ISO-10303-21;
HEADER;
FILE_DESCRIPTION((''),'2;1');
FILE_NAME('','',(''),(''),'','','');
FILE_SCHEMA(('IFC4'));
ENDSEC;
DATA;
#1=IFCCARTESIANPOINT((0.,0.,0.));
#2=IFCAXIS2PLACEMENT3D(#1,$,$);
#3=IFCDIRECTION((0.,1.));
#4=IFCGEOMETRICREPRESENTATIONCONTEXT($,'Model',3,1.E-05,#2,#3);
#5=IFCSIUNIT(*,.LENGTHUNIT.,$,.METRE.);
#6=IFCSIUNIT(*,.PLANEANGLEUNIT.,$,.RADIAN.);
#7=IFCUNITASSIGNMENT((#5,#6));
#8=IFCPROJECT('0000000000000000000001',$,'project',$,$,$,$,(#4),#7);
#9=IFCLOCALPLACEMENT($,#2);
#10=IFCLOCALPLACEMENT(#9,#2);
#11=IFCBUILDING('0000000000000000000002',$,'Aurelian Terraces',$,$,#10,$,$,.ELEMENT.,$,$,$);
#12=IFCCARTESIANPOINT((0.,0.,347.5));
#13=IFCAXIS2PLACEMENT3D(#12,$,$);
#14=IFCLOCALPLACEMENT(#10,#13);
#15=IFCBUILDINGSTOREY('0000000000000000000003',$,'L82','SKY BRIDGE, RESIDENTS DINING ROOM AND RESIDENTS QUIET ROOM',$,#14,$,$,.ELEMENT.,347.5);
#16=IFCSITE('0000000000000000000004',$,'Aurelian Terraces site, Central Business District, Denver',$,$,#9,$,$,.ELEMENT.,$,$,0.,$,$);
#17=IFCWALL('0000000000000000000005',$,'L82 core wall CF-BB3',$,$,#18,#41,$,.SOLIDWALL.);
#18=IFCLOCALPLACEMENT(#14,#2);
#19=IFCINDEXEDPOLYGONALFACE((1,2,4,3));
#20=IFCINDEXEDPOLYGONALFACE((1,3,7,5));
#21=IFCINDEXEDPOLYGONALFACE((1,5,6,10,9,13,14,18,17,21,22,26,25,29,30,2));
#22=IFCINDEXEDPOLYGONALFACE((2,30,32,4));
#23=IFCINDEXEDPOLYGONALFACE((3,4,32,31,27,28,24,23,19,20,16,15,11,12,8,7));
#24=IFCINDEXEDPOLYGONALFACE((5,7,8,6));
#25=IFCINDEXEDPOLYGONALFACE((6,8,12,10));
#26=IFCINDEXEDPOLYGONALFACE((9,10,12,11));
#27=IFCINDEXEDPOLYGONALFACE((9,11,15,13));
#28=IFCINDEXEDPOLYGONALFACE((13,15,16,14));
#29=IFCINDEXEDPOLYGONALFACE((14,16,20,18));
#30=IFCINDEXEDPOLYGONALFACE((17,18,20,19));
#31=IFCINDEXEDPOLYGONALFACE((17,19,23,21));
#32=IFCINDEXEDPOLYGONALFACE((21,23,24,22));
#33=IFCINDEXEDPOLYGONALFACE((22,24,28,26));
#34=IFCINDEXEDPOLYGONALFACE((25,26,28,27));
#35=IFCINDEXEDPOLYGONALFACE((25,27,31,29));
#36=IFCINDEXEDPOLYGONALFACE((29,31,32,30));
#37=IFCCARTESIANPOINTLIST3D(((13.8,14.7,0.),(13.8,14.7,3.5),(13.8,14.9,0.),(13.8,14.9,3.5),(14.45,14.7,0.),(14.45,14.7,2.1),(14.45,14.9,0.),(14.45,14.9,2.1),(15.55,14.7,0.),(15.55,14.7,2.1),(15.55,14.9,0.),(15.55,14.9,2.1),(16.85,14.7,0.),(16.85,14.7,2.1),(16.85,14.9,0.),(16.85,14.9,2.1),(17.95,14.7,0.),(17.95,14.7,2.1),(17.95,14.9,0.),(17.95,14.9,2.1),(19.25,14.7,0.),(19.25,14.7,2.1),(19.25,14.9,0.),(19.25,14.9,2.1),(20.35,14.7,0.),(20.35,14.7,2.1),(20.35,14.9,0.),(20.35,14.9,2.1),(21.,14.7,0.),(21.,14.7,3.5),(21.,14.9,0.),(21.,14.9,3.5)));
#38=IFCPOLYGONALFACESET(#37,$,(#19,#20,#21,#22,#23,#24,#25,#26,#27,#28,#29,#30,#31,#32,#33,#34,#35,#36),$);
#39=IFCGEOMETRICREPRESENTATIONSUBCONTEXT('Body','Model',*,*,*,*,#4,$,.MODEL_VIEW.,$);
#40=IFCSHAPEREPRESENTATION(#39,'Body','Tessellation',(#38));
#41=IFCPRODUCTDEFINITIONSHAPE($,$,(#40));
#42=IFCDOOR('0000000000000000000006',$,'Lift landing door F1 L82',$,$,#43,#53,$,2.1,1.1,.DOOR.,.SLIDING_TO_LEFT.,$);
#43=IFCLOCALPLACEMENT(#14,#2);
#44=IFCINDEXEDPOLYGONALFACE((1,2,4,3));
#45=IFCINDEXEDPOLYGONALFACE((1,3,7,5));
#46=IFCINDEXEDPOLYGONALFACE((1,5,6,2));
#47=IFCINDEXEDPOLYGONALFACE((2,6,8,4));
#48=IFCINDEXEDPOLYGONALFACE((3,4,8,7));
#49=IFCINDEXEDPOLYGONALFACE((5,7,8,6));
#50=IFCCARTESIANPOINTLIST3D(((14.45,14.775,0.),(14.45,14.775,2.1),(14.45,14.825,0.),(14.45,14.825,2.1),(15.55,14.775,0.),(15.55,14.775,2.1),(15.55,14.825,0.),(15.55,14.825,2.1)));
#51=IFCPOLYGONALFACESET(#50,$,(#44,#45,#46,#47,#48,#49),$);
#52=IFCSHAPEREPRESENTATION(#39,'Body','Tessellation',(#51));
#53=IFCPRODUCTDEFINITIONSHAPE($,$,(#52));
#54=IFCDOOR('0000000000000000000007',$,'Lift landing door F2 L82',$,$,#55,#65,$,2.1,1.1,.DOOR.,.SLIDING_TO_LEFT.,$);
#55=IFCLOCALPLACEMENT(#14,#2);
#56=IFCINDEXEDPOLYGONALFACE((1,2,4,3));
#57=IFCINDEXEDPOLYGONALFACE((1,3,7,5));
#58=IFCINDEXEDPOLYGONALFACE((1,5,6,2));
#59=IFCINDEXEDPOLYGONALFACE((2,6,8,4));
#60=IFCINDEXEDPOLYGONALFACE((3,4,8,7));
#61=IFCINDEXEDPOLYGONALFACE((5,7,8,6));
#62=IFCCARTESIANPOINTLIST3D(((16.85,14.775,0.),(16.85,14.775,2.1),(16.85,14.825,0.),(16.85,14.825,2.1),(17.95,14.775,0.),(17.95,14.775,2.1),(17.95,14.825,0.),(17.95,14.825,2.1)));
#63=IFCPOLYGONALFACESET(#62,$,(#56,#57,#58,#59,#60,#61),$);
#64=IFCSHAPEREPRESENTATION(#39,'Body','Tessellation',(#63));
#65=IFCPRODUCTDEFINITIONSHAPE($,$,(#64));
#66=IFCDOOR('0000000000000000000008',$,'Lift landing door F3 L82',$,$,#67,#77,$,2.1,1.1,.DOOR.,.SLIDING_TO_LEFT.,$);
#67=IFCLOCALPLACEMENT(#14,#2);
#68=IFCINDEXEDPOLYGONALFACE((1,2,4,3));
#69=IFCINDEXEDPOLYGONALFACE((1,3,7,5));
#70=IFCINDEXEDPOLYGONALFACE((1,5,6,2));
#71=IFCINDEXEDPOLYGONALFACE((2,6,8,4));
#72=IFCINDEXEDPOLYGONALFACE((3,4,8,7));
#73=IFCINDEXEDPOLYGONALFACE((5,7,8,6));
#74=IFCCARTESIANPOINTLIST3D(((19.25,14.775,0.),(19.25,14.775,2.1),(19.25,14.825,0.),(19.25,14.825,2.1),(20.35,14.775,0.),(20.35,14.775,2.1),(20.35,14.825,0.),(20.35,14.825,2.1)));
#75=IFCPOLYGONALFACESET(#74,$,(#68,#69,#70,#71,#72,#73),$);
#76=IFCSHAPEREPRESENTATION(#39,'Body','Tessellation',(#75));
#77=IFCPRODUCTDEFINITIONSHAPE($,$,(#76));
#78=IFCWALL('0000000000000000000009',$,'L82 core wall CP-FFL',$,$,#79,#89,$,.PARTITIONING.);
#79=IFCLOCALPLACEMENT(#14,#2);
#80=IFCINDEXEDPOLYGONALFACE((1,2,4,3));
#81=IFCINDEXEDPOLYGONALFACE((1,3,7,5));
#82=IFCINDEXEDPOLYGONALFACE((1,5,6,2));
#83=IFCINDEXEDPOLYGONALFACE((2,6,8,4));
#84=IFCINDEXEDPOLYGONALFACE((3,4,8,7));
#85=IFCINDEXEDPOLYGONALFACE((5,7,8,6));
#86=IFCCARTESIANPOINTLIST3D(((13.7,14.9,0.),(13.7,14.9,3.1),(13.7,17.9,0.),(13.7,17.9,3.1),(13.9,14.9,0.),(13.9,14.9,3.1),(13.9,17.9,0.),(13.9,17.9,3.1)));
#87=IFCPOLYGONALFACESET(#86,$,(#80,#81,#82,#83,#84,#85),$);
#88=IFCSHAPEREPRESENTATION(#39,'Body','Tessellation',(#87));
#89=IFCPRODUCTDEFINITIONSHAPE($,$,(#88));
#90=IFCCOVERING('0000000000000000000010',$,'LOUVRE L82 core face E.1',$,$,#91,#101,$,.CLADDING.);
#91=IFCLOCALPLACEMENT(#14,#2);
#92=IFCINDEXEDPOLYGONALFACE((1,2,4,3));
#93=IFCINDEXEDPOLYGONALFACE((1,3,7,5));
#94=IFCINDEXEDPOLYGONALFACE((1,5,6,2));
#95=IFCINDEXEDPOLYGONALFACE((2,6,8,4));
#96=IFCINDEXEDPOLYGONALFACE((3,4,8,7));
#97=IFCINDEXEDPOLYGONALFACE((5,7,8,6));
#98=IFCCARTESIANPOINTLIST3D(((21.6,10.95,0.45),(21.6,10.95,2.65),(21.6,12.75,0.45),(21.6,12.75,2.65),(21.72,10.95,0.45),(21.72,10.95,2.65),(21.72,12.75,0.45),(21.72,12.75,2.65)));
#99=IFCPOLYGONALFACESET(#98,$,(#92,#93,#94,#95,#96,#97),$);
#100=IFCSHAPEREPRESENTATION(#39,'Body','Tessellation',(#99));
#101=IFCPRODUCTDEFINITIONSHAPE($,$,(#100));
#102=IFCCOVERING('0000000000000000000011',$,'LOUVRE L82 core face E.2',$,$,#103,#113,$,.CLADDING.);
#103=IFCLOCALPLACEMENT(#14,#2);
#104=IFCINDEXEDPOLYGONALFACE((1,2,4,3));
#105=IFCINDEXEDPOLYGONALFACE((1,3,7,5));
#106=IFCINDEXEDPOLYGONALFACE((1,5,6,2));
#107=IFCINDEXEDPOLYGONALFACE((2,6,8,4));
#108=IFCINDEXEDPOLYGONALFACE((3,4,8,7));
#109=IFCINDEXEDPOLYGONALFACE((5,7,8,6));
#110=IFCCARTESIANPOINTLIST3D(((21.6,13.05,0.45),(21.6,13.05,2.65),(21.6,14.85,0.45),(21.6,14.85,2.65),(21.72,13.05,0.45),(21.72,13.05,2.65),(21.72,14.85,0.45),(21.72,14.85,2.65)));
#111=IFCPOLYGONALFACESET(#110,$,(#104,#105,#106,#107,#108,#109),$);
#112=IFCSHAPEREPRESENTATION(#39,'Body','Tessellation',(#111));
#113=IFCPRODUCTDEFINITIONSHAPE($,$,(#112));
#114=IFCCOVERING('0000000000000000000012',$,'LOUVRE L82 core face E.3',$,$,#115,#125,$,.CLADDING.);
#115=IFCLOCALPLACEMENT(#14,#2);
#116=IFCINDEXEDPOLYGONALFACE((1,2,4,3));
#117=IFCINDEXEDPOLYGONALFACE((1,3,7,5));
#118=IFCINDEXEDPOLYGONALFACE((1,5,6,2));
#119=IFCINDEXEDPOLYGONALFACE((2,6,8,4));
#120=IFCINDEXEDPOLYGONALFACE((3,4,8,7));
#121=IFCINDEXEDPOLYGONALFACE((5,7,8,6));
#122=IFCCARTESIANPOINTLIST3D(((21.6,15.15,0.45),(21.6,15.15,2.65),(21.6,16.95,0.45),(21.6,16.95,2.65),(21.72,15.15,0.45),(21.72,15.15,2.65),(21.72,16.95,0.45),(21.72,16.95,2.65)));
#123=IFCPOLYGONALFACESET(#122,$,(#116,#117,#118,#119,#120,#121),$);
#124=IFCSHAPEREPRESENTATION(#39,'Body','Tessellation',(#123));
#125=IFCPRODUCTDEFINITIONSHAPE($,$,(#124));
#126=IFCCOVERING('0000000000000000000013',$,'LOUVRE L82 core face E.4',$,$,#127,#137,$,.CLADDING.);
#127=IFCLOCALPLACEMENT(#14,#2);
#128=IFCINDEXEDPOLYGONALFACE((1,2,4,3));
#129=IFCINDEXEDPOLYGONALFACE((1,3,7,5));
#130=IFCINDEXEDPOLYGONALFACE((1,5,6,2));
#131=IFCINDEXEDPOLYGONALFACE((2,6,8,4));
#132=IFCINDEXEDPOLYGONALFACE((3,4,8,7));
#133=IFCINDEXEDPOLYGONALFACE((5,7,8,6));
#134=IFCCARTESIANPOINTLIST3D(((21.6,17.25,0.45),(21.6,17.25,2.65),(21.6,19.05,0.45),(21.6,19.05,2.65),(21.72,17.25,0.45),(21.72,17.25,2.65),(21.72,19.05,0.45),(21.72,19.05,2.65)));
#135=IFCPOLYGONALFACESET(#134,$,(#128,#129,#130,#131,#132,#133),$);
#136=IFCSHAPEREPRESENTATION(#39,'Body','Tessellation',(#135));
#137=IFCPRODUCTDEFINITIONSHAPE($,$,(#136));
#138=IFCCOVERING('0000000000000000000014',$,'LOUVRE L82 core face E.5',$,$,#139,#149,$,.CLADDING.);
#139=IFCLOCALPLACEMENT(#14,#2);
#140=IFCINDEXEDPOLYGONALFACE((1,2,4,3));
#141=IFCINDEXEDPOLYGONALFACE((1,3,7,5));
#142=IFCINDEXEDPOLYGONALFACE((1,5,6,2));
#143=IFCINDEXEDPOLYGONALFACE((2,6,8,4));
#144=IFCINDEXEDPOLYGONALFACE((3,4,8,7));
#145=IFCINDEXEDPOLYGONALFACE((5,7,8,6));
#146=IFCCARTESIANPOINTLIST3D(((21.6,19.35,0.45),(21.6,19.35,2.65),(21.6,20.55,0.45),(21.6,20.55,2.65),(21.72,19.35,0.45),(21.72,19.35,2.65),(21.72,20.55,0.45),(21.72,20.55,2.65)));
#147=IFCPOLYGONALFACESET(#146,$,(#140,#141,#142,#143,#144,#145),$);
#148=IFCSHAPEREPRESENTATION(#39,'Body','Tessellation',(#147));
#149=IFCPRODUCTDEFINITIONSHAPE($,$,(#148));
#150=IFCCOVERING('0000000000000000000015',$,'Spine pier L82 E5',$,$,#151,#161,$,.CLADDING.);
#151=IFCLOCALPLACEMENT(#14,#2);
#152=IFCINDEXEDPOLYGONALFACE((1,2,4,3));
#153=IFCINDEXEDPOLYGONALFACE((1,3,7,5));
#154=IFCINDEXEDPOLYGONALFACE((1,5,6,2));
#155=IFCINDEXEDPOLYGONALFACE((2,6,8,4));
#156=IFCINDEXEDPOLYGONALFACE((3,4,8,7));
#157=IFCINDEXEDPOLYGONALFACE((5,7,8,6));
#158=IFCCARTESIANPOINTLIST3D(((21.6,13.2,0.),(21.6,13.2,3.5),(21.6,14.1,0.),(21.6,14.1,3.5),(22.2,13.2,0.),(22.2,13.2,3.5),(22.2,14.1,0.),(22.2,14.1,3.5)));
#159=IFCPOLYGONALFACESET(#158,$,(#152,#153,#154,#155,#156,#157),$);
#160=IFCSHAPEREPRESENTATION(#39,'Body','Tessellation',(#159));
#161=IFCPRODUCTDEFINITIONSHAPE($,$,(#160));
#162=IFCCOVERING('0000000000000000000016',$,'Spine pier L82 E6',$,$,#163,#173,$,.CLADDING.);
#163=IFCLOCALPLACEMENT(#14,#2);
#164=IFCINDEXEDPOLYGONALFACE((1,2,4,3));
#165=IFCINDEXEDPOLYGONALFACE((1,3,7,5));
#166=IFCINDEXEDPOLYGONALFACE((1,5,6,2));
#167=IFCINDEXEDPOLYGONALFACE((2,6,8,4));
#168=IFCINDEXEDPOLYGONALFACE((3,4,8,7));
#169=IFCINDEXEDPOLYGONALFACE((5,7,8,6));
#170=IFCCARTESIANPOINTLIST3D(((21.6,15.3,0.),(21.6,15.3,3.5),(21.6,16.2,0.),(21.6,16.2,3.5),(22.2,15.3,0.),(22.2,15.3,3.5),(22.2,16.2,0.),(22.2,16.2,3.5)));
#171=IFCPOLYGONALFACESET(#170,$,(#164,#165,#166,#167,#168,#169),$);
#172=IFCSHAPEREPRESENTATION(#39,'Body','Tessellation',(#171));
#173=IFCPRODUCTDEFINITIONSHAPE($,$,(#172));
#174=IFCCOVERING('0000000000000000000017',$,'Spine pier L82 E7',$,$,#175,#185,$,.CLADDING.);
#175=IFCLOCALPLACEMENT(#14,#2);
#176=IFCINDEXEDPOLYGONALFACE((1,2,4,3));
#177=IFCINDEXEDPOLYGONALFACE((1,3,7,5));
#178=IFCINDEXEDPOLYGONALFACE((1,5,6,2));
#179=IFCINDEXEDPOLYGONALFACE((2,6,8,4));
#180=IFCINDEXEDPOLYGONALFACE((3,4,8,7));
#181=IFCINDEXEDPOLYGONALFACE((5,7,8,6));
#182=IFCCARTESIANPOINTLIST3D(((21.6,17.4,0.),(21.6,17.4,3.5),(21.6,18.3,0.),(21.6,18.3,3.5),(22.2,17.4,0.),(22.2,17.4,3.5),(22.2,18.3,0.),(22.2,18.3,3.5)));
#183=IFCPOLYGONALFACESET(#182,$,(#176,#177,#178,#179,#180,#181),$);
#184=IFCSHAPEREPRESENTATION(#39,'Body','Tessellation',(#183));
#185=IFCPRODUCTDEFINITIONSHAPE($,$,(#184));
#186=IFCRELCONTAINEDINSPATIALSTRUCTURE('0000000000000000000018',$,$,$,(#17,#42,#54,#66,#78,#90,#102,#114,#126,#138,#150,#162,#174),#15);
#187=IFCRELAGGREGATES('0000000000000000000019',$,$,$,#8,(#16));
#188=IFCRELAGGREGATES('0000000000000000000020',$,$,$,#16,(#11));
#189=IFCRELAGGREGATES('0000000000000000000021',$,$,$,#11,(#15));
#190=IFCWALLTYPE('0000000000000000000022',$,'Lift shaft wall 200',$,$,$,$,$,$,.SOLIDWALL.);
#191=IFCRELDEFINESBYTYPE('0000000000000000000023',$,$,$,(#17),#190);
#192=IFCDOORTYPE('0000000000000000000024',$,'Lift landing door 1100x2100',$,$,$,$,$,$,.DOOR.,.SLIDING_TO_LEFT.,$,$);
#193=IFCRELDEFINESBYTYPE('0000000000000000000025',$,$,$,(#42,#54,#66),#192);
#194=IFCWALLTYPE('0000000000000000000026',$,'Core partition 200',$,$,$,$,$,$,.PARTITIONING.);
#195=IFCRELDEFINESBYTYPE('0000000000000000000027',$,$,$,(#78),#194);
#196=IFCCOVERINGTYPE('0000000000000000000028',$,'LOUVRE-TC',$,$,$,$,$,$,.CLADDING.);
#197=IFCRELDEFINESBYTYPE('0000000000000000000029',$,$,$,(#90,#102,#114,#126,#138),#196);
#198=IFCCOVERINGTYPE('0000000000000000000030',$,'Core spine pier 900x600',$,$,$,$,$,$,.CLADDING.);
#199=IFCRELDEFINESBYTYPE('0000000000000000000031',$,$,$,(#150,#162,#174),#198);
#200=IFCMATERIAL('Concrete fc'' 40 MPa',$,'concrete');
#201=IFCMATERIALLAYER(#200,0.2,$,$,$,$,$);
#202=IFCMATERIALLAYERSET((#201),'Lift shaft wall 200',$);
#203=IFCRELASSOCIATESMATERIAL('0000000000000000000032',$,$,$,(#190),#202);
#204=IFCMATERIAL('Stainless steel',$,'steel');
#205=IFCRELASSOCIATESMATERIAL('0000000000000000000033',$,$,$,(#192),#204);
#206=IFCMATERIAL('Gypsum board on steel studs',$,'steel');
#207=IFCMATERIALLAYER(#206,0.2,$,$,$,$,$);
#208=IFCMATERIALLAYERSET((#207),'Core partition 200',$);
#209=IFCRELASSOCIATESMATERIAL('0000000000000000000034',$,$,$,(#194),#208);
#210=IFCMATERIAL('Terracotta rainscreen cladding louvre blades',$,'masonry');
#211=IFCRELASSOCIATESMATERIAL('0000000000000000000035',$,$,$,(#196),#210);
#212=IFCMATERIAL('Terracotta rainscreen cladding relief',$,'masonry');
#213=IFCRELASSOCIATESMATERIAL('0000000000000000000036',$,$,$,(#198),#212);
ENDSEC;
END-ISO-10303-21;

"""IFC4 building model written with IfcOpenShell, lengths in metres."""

from ifc_helpers import new_model, si_unit, direction, frame, frame_2d, origin, origin_2d, place, context, subcontext, project, spatial, rectangle, extrude, source, transform, mapped, material, layer, layer_set, type_object, element, fill, save


model = new_model("IFC4")

# Units and contexts
model_context = context("Model", 3, precision=1e-05, world=origin(), true_north=direction((0.0, 1.0)))
body_context = subcontext(model_context, "Body", "Model", "MODEL_VIEW")
ifc_project = project(units=[si_unit("LENGTHUNIT", "METRE"), si_unit("PLANEANGLEUNIT", "RADIAN")], contexts=[model_context])

# Site, building, storey
site_placement = place(None, origin())
site = spatial("IfcSite", under=ifc_project, at=site_placement, Name="Aurelian Terraces site, Central Business District, Denver", CompositionType="ELEMENT", RefElevation=0.0)
building_placement = place(site_placement, origin())
building = spatial("IfcBuilding", under=site, at=building_placement, Name="Aurelian Terraces", CompositionType="ELEMENT")
storey_placement = place(building_placement, frame((0.0, 0.0, 347.5)))
storey = spatial("IfcBuildingStorey", under=building, at=storey_placement, Name="L82", Description="SKY BRIDGE, RESIDENTS DINING ROOM AND RESIDENTS QUIET ROOM", CompositionType="ELEMENT", Elevation=347.5)

# Wall, openings, doors
ifc_material_1 = material(Name="Concrete fc' 40 MPa", Category="concrete")
ifc_layer_1 = layer(ifc_material_1, 0.2)
ifc_layer_set_1 = layer_set([ifc_layer_1], Name="Lift shaft wall 200")
wall_type_1 = type_object("IfcWallType", Name="Lift shaft wall 200", PredefinedType="SOLIDWALL", material=ifc_layer_set_1)
shared_shape_1 = source(origin(), body_context, "Body", "SweptSolid", [
    extrude(rectangle(XDim=7.2, YDim=0.2, at=frame_2d((3.6, 0.0))), origin(), (0.0, 0.0, 1.0), 3.5),
])
wall_1_placement = place(storey_placement, frame((13.8, 14.8, 0.0), z_axis=(0.0, 0.0, 1.0), x_axis=(1.0, 0.0, 0.0)))
wall_1 = element("IfcWall", 1, at=wall_1_placement, inside=storey, type_object=wall_type_1, Name="L82 core wall CF-BB3", PredefinedType="SOLIDWALL", context=body_context, shape_type="MappedRepresentation", body=[
    mapped(shared_shape_1, transform((0.0, 0.0, 0.0), scale=1.0)),
])
shared_shape_2 = source(origin(), body_context, "Body", "SweptSolid", [
    extrude(rectangle(XDim=1.1, YDim=2.1, at=frame_2d((0.55, 1.05))), frame((0.0, 0.11, 0.0), z_axis=(0.0, -1.0, 0.0), x_axis=(1.0, 0.0, 0.0)), (0.0, 0.0, 1.0), 0.22),
])
opening_1_placement = place(wall_1_placement, frame((0.65, 0.0, 0.0)))
opening_1 = element("IfcOpeningElement", 2, at=opening_1_placement, cuts=wall_1, PredefinedType="OPENING", context=body_context, shape_type="MappedRepresentation", body=[
    mapped(shared_shape_2, transform((0.0, 0.0, 0.0), scale=1.0)),
])
opening_2_placement = place(wall_1_placement, frame((3.05, 0.0, 0.0)))
opening_2 = element("IfcOpeningElement", 3, at=opening_2_placement, cuts=wall_1, PredefinedType="OPENING", context=body_context, shape_type="MappedRepresentation", body=[
    mapped(shared_shape_2, transform((0.0, 0.0, 0.0), scale=1.0)),
])
opening_3_placement = place(wall_1_placement, frame((5.45, 0.0, 0.0)))
opening_3 = element("IfcOpeningElement", 4, at=opening_3_placement, cuts=wall_1, PredefinedType="OPENING", context=body_context, shape_type="MappedRepresentation", body=[
    mapped(shared_shape_2, transform((0.0, 0.0, 0.0), scale=1.0)),
])
ifc_material_2 = material(Name="Stainless steel", Category="steel")
door_type = type_object("IfcDoorType", Name="Lift landing door 1100x2100", OperationType="SLIDING_TO_LEFT", PredefinedType="DOOR", material=ifc_material_2)
shared_shape_3 = source(origin(), body_context, "Body", "SweptSolid", [
    extrude(rectangle(XDim=1.1, YDim=2.1, at=frame_2d((0.55, 1.05))), frame((0.0, 0.025, 0.0), z_axis=(0.0, -1.0, 0.0), x_axis=(1.0, 0.0, 0.0)), (0.0, 0.0, 1.0), 0.05),
])
door_1_placement = place(opening_1_placement, origin())
door_1 = element("IfcDoor", 5, at=door_1_placement, inside=storey, type_object=door_type, Name="Lift landing door F1 L82", OperationType="SLIDING_TO_LEFT", OverallHeight=2.1, OverallWidth=1.1, PredefinedType="DOOR", context=body_context, shape_type="MappedRepresentation", body=[
    mapped(shared_shape_3, transform((0.0, 0.0, 0.0), scale=1.0)),
])
fill(opening_1, door_1)
door_2_placement = place(opening_2_placement, origin())
door_2 = element("IfcDoor", 6, at=door_2_placement, inside=storey, type_object=door_type, Name="Lift landing door F2 L82", OperationType="SLIDING_TO_LEFT", OverallHeight=2.1, OverallWidth=1.1, PredefinedType="DOOR", context=body_context, shape_type="MappedRepresentation", body=[
    mapped(shared_shape_3, transform((0.0, 0.0, 0.0), scale=1.0)),
])
fill(opening_2, door_2)
door_3_placement = place(opening_3_placement, origin())
door_3 = element("IfcDoor", 7, at=door_3_placement, inside=storey, type_object=door_type, Name="Lift landing door F3 L82", OperationType="SLIDING_TO_LEFT", OverallHeight=2.1, OverallWidth=1.1, PredefinedType="DOOR", context=body_context, shape_type="MappedRepresentation", body=[
    mapped(shared_shape_3, transform((0.0, 0.0, 0.0), scale=1.0)),
])
fill(opening_3, door_3)

# Wall
ifc_material_3 = material(Name="Gypsum board on steel studs", Category="steel")
ifc_layer_2 = layer(ifc_material_3, 0.2)
ifc_layer_set_2 = layer_set([ifc_layer_2], Name="Core partition 200")
wall_type_2 = type_object("IfcWallType", Name="Core partition 200", PredefinedType="PARTITIONING", material=ifc_layer_set_2)
shared_shape_4 = source(origin(), body_context, "Body", "SweptSolid", [
    extrude(rectangle(XDim=3.0, YDim=0.2, at=frame_2d((1.5, 0.0))), origin(), (0.0, 0.0, 1.0), 3.1),
])
wall_2_placement = place(storey_placement, frame((13.8, 14.9, 0.0), z_axis=(0.0, 0.0, 1.0), x_axis=(0.0, 1.0, 0.0)))
element("IfcWall", 8, at=wall_2_placement, inside=storey, type_object=wall_type_2, Name="L82 core wall CP-FFL", PredefinedType="PARTITIONING", context=body_context, shape_type="MappedRepresentation", body=[
    mapped(shared_shape_4, transform((0.0, 0.0, 0.0), scale=1.0)),
])

# Coverings
ifc_material_4 = material(Name="Terracotta rainscreen cladding louvre blades", Category="masonry")
covering_type_1 = type_object("IfcCoveringType", Name="LOUVRE-TC", PredefinedType="CLADDING", material=ifc_material_4)
shared_shape_5 = source(origin(), body_context, "Body", "SweptSolid", [
    extrude(rectangle(XDim=0.12, YDim=1.8, at=origin_2d()), origin(), (0.0, 0.0, 1.0), 2.2),
])
for number, where, z_axis, x_axis, name in (
    (9, (21.66, 11.85, 0.45), (0.0, 0.0, 1.0), (1.0, 0.0, 0.0), "LOUVRE L82 core face E.1"),
    (10, (21.66, 13.95, 0.45), (0.0, 0.0, 1.0), (1.0, 0.0, 0.0), "LOUVRE L82 core face E.2"),
    (11, (21.66, 16.05, 0.45), (0.0, 0.0, 1.0), (1.0, 0.0, 0.0), "LOUVRE L82 core face E.3"),
    (12, (21.66, 18.15, 0.45), (0.0, 0.0, 1.0), (1.0, 0.0, 0.0), "LOUVRE L82 core face E.4"),
):
    element("IfcCovering", number, at=place(storey_placement, frame(where, z_axis=z_axis, x_axis=x_axis)), inside=storey, type_object=covering_type_1, Name=name, PredefinedType="CLADDING", context=body_context, shape_type="MappedRepresentation", body=[
        mapped(shared_shape_5, transform((0.0, 0.0, 0.0), scale=1.0)),
    ])
shared_shape_6 = source(origin(), body_context, "Body", "SweptSolid", [
    extrude(rectangle(XDim=0.12, YDim=1.2, at=origin_2d()), origin(), (0.0, 0.0, 1.0), 2.2),
])
covering_placement = place(storey_placement, frame((21.66, 19.95, 0.45), z_axis=(0.0, 0.0, 1.0), x_axis=(1.0, 0.0, 0.0)))
element("IfcCovering", 13, at=covering_placement, inside=storey, type_object=covering_type_1, Name="LOUVRE L82 core face E.5", PredefinedType="CLADDING", context=body_context, shape_type="MappedRepresentation", body=[
    mapped(shared_shape_6, transform((0.0, 0.0, 0.0), scale=1.0)),
])
ifc_material_5 = material(Name="Terracotta rainscreen cladding relief", Category="masonry")
covering_type_2 = type_object("IfcCoveringType", Name="Core spine pier 900x600", PredefinedType="CLADDING", material=ifc_material_5)
shared_shape_7 = source(origin(), body_context, "Body", "SweptSolid", [
    extrude(rectangle(XDim=0.6, YDim=0.9, at=origin_2d()), origin(), (0.0, 0.0, 1.0), 3.5),
])
for number, where, z_axis, x_axis, name in (
    (14, (21.9, 13.65, 0.0), (0.0, 0.0, 1.0), (1.0, 0.0, 0.0), "Spine pier L82 E5"),
    (15, (21.9, 15.75, 0.0), (0.0, 0.0, 1.0), (1.0, 0.0, 0.0), "Spine pier L82 E6"),
    (16, (21.9, 17.85, 0.0), (0.0, 0.0, 1.0), (1.0, 0.0, 0.0), "Spine pier L82 E7"),
):
    element("IfcCovering", number, at=place(storey_placement, frame(where, z_axis=z_axis, x_axis=x_axis)), inside=storey, type_object=covering_type_2, Name=name, PredefinedType="CLADDING", context=body_context, shape_type="MappedRepresentation", body=[
        mapped(shared_shape_7, transform((0.0, 0.0, 0.0), scale=1.0)),
    ])

save(model, "model.ifc")
